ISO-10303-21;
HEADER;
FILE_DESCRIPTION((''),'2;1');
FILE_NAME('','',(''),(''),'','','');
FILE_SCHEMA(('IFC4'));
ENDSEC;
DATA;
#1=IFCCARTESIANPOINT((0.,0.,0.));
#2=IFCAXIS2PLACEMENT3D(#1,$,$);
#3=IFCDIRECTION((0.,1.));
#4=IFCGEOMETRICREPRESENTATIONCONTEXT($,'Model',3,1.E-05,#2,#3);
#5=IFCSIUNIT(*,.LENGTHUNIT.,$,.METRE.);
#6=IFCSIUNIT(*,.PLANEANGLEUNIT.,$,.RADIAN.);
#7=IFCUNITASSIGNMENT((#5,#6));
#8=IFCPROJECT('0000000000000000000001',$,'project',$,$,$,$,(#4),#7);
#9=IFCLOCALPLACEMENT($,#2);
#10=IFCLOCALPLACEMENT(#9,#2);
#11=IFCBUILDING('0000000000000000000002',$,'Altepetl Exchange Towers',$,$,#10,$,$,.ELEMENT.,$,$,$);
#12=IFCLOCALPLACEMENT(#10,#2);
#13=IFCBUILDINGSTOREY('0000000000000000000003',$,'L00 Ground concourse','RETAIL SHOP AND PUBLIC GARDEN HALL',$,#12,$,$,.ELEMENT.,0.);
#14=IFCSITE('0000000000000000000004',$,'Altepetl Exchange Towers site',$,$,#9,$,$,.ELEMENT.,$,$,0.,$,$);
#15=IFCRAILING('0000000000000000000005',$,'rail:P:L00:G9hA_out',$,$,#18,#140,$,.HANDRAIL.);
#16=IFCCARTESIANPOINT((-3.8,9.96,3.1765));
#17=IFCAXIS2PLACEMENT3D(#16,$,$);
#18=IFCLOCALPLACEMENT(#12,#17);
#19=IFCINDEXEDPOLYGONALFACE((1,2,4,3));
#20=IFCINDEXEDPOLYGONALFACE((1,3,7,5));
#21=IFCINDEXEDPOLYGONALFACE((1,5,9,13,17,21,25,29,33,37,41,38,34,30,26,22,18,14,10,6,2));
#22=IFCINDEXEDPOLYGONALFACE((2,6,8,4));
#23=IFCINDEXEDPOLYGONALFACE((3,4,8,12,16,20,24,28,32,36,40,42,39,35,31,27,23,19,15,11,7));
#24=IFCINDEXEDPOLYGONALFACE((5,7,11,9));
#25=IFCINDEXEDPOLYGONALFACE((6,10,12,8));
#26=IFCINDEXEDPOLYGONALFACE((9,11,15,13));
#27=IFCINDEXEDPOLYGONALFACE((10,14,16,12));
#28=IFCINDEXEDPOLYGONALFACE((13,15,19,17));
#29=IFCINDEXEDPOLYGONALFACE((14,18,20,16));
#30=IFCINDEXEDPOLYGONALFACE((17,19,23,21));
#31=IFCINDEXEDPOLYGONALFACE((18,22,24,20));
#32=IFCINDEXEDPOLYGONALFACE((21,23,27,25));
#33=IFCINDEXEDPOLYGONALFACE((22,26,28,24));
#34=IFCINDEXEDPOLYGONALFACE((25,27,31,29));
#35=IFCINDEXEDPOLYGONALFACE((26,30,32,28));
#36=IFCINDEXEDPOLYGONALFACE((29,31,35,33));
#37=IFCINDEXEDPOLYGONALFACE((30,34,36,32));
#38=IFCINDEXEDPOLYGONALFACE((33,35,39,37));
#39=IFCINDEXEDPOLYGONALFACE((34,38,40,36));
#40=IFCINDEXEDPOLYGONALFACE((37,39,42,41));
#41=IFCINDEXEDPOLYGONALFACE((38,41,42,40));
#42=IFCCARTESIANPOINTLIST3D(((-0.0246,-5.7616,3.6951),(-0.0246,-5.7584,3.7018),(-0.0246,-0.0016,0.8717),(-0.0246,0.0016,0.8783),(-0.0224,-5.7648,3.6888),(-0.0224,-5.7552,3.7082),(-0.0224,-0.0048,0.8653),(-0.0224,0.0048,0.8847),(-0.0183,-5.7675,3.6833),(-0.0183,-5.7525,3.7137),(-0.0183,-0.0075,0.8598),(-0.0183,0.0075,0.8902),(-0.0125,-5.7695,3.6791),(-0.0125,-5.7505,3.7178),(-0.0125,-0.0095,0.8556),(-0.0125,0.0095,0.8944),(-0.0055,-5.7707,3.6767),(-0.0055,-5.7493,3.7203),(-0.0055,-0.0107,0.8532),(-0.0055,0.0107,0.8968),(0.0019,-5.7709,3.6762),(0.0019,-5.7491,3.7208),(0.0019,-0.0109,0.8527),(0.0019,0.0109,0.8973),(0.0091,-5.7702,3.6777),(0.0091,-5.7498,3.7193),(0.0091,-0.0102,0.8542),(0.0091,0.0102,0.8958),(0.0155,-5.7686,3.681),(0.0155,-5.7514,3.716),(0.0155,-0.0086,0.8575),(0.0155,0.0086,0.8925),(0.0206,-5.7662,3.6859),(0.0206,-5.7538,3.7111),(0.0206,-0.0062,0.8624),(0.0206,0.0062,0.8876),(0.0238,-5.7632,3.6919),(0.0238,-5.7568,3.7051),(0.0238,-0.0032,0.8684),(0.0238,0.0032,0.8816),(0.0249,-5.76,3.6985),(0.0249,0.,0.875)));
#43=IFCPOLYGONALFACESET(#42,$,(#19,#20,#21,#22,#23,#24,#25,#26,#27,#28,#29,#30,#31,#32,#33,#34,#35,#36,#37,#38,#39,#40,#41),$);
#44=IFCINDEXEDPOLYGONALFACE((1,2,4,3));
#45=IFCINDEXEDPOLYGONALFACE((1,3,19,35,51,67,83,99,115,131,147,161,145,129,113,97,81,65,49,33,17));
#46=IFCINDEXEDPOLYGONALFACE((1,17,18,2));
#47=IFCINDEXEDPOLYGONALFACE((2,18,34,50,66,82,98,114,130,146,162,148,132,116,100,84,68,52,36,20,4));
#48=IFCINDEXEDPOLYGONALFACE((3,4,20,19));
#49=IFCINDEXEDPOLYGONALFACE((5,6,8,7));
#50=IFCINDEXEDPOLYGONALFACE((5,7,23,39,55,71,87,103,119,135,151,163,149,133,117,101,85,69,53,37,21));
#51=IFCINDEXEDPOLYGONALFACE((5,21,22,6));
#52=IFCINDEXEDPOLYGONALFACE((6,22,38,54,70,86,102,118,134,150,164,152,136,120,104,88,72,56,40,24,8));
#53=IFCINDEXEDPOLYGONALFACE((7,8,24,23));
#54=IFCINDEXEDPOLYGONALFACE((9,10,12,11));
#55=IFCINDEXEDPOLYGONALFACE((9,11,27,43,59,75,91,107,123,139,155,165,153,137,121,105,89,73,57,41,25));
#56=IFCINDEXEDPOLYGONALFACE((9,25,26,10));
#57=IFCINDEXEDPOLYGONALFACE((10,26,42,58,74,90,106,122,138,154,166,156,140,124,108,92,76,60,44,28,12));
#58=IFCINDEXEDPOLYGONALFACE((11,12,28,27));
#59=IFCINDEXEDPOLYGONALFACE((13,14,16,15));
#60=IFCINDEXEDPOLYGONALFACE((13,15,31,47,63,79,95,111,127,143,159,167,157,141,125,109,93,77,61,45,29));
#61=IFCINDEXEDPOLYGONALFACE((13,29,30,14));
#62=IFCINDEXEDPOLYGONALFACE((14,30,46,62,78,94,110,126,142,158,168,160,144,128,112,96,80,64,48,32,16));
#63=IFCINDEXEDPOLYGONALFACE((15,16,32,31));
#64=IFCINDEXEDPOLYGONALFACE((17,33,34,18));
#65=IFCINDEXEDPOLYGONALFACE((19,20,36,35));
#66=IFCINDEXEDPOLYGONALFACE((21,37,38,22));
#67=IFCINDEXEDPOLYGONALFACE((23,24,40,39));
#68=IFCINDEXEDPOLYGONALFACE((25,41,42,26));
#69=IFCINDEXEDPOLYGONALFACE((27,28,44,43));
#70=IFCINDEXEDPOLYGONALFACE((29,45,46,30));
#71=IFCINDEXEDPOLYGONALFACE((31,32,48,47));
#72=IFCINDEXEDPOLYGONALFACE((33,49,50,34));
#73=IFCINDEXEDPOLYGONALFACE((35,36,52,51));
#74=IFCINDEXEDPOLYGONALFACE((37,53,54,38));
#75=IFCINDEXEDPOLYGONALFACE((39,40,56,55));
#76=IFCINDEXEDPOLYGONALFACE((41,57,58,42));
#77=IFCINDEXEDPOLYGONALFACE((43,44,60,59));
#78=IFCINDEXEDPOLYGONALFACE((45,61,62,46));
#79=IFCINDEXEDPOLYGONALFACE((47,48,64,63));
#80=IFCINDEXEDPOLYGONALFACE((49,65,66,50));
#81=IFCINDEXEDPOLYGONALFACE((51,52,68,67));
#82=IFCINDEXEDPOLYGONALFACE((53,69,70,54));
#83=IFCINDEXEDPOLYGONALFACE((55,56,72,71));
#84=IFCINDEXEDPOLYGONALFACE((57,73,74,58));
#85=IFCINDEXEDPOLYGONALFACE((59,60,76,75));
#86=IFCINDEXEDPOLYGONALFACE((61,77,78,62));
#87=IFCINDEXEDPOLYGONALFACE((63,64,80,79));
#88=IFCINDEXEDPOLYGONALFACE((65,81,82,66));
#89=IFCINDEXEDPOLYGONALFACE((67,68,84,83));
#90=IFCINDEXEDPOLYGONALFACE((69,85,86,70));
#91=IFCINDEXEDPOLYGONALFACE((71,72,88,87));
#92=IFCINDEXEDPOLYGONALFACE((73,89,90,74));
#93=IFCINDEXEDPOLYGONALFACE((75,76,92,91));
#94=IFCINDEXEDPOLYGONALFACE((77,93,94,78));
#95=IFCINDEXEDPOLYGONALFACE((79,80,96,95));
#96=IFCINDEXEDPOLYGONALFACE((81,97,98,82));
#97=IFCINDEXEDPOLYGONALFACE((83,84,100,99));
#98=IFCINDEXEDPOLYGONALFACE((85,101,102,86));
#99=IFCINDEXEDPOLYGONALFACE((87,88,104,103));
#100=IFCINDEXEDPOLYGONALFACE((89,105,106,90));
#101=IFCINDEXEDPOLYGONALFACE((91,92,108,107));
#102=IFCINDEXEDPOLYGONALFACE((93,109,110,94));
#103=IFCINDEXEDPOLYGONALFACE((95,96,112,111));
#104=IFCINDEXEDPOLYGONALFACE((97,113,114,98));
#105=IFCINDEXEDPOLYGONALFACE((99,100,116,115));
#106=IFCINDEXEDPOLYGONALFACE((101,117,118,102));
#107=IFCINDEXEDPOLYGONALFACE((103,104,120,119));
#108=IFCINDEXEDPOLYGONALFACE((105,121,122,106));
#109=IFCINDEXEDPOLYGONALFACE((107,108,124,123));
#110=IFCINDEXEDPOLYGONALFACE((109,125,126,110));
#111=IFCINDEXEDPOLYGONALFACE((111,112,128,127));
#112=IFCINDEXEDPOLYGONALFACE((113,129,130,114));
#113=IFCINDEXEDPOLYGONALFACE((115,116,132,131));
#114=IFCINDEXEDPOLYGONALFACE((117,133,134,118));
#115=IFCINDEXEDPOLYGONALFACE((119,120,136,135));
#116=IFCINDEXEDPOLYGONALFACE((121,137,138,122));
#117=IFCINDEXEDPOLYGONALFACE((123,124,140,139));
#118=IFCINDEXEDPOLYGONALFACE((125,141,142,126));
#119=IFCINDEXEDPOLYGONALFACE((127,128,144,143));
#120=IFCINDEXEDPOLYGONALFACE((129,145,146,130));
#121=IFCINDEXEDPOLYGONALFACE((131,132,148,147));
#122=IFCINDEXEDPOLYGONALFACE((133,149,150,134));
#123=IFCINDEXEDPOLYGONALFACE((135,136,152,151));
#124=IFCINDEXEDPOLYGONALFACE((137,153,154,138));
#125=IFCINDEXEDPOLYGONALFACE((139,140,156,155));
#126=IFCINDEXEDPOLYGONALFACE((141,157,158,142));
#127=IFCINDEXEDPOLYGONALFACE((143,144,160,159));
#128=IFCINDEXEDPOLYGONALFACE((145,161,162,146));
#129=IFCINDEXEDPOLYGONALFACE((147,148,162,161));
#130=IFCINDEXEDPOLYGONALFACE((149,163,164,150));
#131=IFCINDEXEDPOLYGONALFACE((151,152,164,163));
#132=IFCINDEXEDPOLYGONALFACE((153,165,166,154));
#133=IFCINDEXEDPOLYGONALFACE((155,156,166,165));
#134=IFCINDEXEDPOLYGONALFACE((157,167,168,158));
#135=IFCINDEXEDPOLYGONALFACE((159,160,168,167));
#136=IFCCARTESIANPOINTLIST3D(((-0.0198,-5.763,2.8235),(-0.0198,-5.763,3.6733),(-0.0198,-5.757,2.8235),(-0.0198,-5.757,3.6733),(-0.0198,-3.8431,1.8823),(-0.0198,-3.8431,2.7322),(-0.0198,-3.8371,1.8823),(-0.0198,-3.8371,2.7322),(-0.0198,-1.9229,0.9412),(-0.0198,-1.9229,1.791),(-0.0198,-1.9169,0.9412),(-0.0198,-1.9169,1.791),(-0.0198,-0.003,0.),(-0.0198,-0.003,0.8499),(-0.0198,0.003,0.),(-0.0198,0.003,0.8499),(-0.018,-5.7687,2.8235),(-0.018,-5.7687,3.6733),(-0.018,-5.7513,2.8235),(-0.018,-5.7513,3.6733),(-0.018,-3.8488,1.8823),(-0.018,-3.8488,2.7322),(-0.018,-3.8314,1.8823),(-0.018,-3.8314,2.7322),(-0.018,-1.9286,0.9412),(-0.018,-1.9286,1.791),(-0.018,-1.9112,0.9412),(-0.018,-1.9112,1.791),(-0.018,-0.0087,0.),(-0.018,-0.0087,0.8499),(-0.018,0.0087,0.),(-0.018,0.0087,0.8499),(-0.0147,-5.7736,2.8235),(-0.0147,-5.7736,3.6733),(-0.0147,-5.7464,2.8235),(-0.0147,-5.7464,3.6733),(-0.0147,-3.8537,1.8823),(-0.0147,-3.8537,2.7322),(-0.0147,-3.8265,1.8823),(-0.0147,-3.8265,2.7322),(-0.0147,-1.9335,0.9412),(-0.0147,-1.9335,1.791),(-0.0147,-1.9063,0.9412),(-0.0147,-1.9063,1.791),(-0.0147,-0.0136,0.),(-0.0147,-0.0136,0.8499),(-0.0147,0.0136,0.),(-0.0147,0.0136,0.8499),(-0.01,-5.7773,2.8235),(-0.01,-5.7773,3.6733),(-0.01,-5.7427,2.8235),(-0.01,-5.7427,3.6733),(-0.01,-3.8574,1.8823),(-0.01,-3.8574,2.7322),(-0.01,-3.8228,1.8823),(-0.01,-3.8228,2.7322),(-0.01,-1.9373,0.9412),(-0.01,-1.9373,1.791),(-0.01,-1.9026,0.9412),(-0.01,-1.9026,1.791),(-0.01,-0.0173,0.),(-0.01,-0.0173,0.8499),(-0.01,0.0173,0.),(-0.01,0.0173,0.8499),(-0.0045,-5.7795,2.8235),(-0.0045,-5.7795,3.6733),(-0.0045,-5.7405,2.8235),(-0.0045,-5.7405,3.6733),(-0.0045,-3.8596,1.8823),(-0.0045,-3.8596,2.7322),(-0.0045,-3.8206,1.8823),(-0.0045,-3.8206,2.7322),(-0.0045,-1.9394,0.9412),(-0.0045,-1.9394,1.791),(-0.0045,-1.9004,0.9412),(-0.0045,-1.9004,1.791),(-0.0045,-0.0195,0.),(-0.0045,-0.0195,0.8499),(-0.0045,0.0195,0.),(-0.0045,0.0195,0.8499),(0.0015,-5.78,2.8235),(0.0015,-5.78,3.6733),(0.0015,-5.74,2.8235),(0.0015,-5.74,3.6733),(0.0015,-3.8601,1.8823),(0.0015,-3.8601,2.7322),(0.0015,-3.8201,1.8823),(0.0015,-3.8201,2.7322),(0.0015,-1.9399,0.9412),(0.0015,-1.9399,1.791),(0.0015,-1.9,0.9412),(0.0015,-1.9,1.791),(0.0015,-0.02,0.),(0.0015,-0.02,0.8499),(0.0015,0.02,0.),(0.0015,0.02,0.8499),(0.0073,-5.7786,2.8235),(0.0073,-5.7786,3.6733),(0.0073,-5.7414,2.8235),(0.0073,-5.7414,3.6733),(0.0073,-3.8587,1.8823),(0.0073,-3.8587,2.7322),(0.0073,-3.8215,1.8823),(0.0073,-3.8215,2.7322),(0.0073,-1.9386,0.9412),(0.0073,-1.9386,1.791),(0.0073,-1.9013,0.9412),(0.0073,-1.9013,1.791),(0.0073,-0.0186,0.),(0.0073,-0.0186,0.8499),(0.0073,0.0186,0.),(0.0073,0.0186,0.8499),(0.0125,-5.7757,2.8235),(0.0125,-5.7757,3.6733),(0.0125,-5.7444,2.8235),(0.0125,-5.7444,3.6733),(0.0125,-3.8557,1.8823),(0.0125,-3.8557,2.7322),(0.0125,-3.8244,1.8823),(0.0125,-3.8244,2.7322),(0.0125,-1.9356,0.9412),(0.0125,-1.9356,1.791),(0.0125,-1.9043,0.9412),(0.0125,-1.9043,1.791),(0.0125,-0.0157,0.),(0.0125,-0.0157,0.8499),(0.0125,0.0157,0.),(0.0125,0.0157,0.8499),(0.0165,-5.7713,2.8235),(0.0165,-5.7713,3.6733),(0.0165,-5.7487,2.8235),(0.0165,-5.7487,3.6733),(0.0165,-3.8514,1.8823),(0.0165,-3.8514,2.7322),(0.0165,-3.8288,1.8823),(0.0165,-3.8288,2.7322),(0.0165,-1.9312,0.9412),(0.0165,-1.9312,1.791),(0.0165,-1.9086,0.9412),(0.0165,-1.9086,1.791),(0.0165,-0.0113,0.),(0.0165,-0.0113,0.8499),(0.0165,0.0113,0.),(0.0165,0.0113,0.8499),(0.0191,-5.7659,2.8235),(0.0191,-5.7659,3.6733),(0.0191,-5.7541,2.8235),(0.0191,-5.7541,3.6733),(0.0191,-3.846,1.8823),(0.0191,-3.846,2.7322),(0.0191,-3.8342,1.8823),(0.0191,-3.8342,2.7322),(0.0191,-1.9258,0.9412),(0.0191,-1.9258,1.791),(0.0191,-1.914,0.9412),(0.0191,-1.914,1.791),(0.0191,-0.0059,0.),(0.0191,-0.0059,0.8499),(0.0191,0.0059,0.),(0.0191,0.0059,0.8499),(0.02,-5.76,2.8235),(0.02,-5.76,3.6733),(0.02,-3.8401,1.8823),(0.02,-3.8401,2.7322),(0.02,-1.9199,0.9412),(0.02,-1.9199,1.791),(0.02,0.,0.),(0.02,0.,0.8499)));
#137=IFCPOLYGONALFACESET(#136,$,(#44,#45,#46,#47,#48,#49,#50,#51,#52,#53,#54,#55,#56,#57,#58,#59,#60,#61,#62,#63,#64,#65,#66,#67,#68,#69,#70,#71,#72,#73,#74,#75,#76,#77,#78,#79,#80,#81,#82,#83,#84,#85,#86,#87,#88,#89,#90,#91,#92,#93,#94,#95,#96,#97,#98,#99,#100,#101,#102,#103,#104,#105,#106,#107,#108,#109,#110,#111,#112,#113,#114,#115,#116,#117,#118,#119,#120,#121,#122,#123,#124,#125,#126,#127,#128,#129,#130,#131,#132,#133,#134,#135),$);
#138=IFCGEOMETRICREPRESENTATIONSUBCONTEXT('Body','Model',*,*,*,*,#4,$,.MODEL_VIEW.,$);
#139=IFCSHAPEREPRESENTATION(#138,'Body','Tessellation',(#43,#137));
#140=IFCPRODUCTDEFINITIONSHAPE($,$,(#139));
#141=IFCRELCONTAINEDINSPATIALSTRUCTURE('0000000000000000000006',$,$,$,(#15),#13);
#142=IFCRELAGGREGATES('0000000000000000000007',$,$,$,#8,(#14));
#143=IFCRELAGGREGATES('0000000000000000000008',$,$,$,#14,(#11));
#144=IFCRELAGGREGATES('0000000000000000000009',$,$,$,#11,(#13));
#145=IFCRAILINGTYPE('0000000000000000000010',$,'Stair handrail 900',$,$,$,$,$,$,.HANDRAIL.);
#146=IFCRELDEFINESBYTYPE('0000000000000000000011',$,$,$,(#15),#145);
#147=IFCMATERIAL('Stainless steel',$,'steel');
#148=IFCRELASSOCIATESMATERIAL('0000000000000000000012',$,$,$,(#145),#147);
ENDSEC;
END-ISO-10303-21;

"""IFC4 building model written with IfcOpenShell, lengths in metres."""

from ifc_helpers import new_model, si_unit, direction, frame, origin, origin_2d, place, context, subcontext, project, spatial, circle, extrude, source, transform, mapped, material, type_object, element, save


model = new_model("IFC4")

# Units and contexts
model_context = context("Model", 3, precision=1e-05, world=origin(), true_north=direction((0.0, 1.0)))
body_context = subcontext(model_context, "Body", "Model", "MODEL_VIEW")
ifc_project = project(units=[si_unit("LENGTHUNIT", "METRE"), si_unit("PLANEANGLEUNIT", "RADIAN")], contexts=[model_context])

# Site, building, storey
site_placement = place(None, origin())
site = spatial("IfcSite", under=ifc_project, at=site_placement, Name="Altepetl Exchange Towers site", CompositionType="ELEMENT", RefElevation=0.0)
building_placement = place(site_placement, origin())
building = spatial("IfcBuilding", under=site, at=building_placement, Name="Altepetl Exchange Towers", CompositionType="ELEMENT")
storey_placement = place(building_placement, origin())
storey = spatial("IfcBuildingStorey", under=building, at=storey_placement, Name="L00 Ground concourse", Description="RETAIL SHOP AND PUBLIC GARDEN HALL", CompositionType="ELEMENT", Elevation=0.0)

# Railing
ifc_material_1 = material(Name="Stainless steel", Category="steel")
railing_type_1 = type_object("IfcRailingType", Name="Stair handrail 900", PredefinedType="HANDRAIL", material=ifc_material_1)
shared_shape_1 = source(origin(), body_context, "Body", "SweptSolid", [
    extrude(circle(Radius=0.02, at=origin_2d()), origin(), (0.0, 0.0, 1.0), 0.8499),
])
for number, where, name in (
    (1, (-3.8, 9.96, 3.1765), "rail:P:L00:G9hA_out"),
):
    element("IfcRailing", number, at=place(storey_placement, frame(where)), inside=storey, type_object=railing_type_1, Name=name, PredefinedType="HANDRAIL", context=body_context, shape_type="SweptSolid", body=[
        extrude(circle(Radius=0.0249, at=origin_2d()), frame((0.0, 0.0, 0.875), z_axis=(0.0, -0.897924, 0.440151), x_axis=(1.0, 0.0, 0.0)), (0.0, 0.0, 1.0), 6.4148),
        mapped(shared_shape_1, transform((0.0, 0.0, 0.0))),
        mapped(shared_shape_1, transform((0.0, -1.9199, 0.9412))),
        mapped(shared_shape_1, transform((0.0, -3.8401, 1.8823))),
        mapped(shared_shape_1, transform((0.0, -5.76, 2.8235))),
    ])

save(model, "model.ifc")
